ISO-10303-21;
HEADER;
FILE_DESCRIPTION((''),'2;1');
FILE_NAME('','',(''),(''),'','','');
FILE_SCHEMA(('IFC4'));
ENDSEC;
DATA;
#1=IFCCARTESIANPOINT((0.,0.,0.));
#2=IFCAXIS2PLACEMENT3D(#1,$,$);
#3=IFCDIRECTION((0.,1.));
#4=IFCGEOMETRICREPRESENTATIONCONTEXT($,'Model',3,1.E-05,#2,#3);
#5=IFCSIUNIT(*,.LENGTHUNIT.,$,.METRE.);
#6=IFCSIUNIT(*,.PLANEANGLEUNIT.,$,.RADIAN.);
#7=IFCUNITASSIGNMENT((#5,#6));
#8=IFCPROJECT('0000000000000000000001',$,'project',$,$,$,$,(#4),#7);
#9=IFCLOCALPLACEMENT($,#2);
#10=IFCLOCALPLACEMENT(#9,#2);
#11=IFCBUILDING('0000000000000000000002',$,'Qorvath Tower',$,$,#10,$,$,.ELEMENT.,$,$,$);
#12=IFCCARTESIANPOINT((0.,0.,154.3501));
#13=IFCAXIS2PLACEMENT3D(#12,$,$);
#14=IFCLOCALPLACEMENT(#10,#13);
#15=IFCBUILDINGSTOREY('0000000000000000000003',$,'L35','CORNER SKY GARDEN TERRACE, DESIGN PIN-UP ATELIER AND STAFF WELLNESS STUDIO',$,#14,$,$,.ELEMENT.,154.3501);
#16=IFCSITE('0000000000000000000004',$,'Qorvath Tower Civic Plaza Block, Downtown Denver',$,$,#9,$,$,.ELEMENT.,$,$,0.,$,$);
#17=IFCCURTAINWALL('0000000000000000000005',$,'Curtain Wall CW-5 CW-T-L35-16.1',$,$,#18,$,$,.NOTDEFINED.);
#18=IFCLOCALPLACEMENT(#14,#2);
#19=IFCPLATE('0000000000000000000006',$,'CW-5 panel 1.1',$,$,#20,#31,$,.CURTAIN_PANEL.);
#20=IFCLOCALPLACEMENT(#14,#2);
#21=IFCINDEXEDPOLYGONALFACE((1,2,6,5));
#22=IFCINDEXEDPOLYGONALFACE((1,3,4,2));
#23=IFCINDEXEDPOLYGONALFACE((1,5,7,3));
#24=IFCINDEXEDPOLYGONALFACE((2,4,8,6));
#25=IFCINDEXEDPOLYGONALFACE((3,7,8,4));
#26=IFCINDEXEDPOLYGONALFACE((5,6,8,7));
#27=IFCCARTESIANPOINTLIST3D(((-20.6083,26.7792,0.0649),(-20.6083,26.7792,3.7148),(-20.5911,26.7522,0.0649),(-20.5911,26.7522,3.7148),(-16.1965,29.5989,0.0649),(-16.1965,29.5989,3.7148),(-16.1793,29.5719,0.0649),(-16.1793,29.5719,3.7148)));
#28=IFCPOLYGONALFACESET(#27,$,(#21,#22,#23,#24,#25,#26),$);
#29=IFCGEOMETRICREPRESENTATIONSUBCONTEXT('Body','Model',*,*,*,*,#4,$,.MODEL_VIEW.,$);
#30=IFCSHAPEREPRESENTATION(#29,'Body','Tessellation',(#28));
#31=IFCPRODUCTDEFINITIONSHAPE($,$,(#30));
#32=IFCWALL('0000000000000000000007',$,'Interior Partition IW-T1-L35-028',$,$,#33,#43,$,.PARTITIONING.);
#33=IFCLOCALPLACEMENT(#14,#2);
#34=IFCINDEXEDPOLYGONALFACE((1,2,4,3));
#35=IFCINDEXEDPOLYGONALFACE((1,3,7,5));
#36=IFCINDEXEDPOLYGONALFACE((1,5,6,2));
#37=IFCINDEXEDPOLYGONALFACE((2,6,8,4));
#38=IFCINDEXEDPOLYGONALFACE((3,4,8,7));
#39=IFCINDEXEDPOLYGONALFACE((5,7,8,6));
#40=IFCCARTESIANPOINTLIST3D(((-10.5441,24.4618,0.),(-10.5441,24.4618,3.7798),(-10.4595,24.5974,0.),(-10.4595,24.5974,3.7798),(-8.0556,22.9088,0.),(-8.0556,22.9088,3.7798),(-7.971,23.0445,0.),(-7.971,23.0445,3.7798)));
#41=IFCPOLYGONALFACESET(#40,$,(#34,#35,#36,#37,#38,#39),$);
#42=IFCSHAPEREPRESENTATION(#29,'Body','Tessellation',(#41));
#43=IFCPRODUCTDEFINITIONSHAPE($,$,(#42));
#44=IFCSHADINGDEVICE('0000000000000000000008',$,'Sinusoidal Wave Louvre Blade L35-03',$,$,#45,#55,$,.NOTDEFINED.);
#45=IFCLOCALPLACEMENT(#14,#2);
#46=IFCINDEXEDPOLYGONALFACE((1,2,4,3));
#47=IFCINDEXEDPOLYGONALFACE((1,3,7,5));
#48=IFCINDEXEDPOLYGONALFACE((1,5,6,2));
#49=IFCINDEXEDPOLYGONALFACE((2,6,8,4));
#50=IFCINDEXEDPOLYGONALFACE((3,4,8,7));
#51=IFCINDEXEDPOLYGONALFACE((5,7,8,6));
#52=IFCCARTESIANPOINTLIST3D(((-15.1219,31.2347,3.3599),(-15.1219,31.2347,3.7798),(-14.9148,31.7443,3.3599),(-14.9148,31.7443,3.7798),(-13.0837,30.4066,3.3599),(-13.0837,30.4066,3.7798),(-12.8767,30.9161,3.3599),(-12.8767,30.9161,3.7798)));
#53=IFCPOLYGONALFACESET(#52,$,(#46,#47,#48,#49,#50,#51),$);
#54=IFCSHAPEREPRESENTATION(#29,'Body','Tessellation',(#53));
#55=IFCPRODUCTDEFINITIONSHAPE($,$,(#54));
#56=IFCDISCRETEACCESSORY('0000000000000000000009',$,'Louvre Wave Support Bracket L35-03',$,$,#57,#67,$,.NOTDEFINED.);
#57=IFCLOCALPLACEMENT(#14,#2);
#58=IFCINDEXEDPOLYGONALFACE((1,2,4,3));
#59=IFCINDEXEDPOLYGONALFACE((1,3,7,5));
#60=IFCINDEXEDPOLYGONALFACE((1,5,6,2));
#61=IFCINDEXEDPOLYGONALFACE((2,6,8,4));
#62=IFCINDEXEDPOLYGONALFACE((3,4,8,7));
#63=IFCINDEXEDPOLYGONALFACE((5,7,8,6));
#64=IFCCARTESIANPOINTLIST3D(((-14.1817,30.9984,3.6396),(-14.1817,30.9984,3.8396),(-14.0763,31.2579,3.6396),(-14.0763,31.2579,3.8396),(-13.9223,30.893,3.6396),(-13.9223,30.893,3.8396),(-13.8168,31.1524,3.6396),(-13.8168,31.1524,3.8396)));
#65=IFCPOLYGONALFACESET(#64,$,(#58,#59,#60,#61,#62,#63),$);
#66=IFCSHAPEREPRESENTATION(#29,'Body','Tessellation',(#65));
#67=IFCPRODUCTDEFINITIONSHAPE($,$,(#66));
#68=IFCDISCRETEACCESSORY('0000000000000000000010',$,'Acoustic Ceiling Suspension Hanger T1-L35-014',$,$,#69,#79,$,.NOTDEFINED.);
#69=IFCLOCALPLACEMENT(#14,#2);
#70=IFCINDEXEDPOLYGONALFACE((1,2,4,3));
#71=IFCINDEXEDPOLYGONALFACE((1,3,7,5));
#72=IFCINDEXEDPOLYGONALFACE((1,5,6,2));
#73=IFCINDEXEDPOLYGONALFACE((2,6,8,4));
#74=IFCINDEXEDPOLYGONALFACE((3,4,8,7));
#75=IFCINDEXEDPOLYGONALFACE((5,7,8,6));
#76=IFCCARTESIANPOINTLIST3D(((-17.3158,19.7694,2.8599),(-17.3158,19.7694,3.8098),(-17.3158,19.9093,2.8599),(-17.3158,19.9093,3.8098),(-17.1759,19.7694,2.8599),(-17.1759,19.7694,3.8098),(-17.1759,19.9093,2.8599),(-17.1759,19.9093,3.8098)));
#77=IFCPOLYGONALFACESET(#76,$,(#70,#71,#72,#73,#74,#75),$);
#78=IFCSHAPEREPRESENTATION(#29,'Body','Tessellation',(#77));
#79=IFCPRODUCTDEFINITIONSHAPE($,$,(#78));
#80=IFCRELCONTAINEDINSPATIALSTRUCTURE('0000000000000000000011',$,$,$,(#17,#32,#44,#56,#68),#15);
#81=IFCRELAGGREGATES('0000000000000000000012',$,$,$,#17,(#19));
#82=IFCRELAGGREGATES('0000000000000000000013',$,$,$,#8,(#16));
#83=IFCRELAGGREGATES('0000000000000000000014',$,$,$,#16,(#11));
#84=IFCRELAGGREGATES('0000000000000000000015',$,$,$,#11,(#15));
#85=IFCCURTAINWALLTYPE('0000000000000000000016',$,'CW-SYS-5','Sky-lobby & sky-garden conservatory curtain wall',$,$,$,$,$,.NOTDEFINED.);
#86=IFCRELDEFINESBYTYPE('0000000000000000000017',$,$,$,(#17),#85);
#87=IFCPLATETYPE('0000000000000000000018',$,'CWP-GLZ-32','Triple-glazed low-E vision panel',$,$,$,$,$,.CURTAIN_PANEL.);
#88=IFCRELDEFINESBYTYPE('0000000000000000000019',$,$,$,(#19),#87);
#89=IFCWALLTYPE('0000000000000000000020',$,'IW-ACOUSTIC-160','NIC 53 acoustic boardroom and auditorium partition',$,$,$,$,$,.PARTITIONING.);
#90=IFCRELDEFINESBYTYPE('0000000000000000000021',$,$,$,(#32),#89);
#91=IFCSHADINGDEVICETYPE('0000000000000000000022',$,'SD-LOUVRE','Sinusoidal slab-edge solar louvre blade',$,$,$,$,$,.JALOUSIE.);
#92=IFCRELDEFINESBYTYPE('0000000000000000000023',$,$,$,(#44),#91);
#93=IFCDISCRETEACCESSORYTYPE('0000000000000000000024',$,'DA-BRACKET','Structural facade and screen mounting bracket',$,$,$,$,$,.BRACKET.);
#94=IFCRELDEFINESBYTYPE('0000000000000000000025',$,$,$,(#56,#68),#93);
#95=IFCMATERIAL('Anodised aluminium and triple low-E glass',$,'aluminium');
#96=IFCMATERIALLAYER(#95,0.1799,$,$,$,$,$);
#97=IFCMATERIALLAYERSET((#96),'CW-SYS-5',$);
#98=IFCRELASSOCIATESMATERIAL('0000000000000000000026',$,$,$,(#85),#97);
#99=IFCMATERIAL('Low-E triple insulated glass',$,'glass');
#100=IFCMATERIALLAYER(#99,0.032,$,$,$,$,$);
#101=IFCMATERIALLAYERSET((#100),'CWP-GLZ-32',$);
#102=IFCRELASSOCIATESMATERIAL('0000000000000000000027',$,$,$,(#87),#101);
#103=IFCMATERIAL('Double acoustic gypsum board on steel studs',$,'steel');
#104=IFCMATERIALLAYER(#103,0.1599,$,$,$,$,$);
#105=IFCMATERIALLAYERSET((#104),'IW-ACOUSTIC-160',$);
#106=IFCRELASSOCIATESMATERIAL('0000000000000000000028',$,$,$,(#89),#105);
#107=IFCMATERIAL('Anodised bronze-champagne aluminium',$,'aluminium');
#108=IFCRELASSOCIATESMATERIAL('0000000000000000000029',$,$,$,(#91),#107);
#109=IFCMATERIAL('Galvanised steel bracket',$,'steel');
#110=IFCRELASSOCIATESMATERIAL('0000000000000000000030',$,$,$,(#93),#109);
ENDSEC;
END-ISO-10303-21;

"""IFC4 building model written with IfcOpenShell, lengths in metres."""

from ifc_helpers import new_model, si_unit, direction, frame, frame_2d, origin, origin_2d, place, context, subcontext, project, spatial, rectangle, extrude, material, layer, layer_set, type_object, element, aggregate, save


model = new_model("IFC4")

# Units and contexts
model_context = context("Model", 3, precision=1e-05, world=origin(), true_north=direction((0.0, 1.0)))
body_context = subcontext(model_context, "Body", "Model", "MODEL_VIEW")
ifc_project = project(units=[si_unit("LENGTHUNIT", "METRE"), si_unit("PLANEANGLEUNIT", "RADIAN")], contexts=[model_context])

# Site, building, storey
site_placement = place(None, origin())
site = spatial("IfcSite", under=ifc_project, at=site_placement, Name="Qorvath Tower Civic Plaza Block, Downtown Denver", CompositionType="ELEMENT", RefElevation=0.0)
building_placement = place(site_placement, origin())
building = spatial("IfcBuilding", under=site, at=building_placement, Name="Qorvath Tower", CompositionType="ELEMENT")
storey_placement = place(building_placement, frame((0.0, 0.0, 154.3501)))
storey = spatial("IfcBuildingStorey", under=building, at=storey_placement, Name="L35", Description="CORNER SKY GARDEN TERRACE, DESIGN PIN-UP ATELIER AND STAFF WELLNESS STUDIO", CompositionType="ELEMENT", Elevation=154.3501)

# Shared definitions
ifc_material_1 = material(Name="Anodised aluminium and triple low-E glass", Category="aluminium")
ifc_layer_1 = layer(ifc_material_1, 0.1799)
ifc_layer_set_1 = layer_set([ifc_layer_1], Name="CW-SYS-5")
curtain_wall_type = type_object("IfcCurtainWallType", Name="CW-SYS-5", Description="Sky-lobby & sky-garden conservatory curtain wall", PredefinedType="NOTDEFINED", material=ifc_layer_set_1)

# Curtain wall
curtain_wall_1_placement = place(storey_placement, origin())
curtain_wall_1 = element("IfcCurtainWall", 1, at=curtain_wall_1_placement, inside=storey, type_object=curtain_wall_type, Name="Curtain Wall CW-5 CW-T-L35-16.1", PredefinedType="NOTDEFINED")

# Plate
ifc_material_2 = material(Name="Low-E triple insulated glass", Category="glass")
ifc_layer_2 = layer(ifc_material_2, 0.032)
ifc_layer_set_2 = layer_set([ifc_layer_2], Name="CWP-GLZ-32")
plate_type = type_object("IfcPlateType", Name="CWP-GLZ-32", Description="Triple-glazed low-E vision panel", PredefinedType="CURTAIN_PANEL", material=ifc_layer_set_2)
plate_1_placement = place(storey_placement, frame((-18.3938, 28.1755, 0.0649), z_axis=(0.0, 0.0, 1.0), x_axis=(-0.842603, -0.538535, 0.0)))
plate_1 = element("IfcPlate", 2, at=plate_1_placement, type_object=plate_type, Name="CW-5 panel 1.1", PredefinedType="CURTAIN_PANEL", context=body_context, shape_type="SweptSolid", body=[
    extrude(rectangle(XDim=5.2358, YDim=0.032, at=origin_2d()), origin(), (0.0, 0.0, 1.0), 3.6499),
])
aggregate(curtain_wall_1, [plate_1])

# Wall
ifc_material_3 = material(Name="Double acoustic gypsum board on steel studs", Category="steel")
ifc_layer_3 = layer(ifc_material_3, 0.1599)
ifc_layer_set_3 = layer_set([ifc_layer_3], Name="IW-ACOUSTIC-160")
wall_type = type_object("IfcWallType", Name="IW-ACOUSTIC-160", Description="NIC 53 acoustic boardroom and auditorium partition", PredefinedType="PARTITIONING", material=ifc_layer_set_3)
wall_placement = place(storey_placement, frame((-8.0132, 22.9766, 0.0), z_axis=(0.0, 0.0, 1.0), x_axis=(-0.848358, 0.529423, 0.0)))
element("IfcWall", 3, at=wall_placement, inside=storey, type_object=wall_type, Name="Interior Partition IW-T1-L35-028", PredefinedType="PARTITIONING", context=body_context, shape_type="SweptSolid", body=[
    extrude(rectangle(XDim=2.9333, YDim=0.1599, at=frame_2d((1.4668, 0.0))), origin(), (0.0, 0.0, 1.0), 3.7798),
])

# Shading device
ifc_material_4 = material(Name="Anodised bronze-champagne aluminium", Category="aluminium")
shading_device_type = type_object("IfcShadingDeviceType", Name="SD-LOUVRE", Description="Sinusoidal slab-edge solar louvre blade", PredefinedType="JALOUSIE", material=ifc_material_4)
shading_device_placement = place(storey_placement, frame((-13.9993, 31.0754, 3.3599), z_axis=(0.0, 0.0, 1.0), x_axis=(-0.926438, 0.376447, 0.0)))
element("IfcShadingDevice", 4, at=shading_device_placement, inside=storey, type_object=shading_device_type, Name="Sinusoidal Wave Louvre Blade L35-03", PredefinedType="NOTDEFINED", context=body_context, shape_type="SweptSolid", body=[
    extrude(rectangle(XDim=2.2, YDim=0.55, at=origin_2d()), origin(), (0.0, 0.0, 1.0), 0.4199),
])

# Discrete accessories
ifc_material_5 = material(Name="Galvanised steel bracket", Category="steel")
discrete_accessory_type = type_object("IfcDiscreteAccessoryType", Name="DA-BRACKET", Description="Structural facade and screen mounting bracket", PredefinedType="BRACKET", material=ifc_material_5)
discrete_accessory_1_placement = place(storey_placement, frame((-13.9993, 31.0754, 3.6396), z_axis=(0.0, 0.0, 1.0), x_axis=(-0.926438, 0.376447, 0.0)))
element("IfcDiscreteAccessory", 5, at=discrete_accessory_1_placement, inside=storey, type_object=discrete_accessory_type, Name="Louvre Wave Support Bracket L35-03", PredefinedType="NOTDEFINED", context=body_context, shape_type="SweptSolid", body=[
    extrude(rectangle(XDim=0.28, YDim=0.28, at=origin_2d()), origin(), (0.0, 0.0, 1.0), 0.2),
])
discrete_accessory_2_placement = place(storey_placement, frame((-17.2458, 19.8394, 2.8599), z_axis=(0.0, 0.0, 1.0), x_axis=(1.0, 0.0, 0.0)))
element("IfcDiscreteAccessory", 6, at=discrete_accessory_2_placement, inside=storey, type_object=discrete_accessory_type, Name="Acoustic Ceiling Suspension Hanger T1-L35-014", PredefinedType="NOTDEFINED", context=body_context, shape_type="SweptSolid", body=[
    extrude(rectangle(XDim=0.1399, YDim=0.1399, at=origin_2d()), origin(), (0.0, 0.0, 1.0), 0.95),
])

save(model, "model.ifc")
